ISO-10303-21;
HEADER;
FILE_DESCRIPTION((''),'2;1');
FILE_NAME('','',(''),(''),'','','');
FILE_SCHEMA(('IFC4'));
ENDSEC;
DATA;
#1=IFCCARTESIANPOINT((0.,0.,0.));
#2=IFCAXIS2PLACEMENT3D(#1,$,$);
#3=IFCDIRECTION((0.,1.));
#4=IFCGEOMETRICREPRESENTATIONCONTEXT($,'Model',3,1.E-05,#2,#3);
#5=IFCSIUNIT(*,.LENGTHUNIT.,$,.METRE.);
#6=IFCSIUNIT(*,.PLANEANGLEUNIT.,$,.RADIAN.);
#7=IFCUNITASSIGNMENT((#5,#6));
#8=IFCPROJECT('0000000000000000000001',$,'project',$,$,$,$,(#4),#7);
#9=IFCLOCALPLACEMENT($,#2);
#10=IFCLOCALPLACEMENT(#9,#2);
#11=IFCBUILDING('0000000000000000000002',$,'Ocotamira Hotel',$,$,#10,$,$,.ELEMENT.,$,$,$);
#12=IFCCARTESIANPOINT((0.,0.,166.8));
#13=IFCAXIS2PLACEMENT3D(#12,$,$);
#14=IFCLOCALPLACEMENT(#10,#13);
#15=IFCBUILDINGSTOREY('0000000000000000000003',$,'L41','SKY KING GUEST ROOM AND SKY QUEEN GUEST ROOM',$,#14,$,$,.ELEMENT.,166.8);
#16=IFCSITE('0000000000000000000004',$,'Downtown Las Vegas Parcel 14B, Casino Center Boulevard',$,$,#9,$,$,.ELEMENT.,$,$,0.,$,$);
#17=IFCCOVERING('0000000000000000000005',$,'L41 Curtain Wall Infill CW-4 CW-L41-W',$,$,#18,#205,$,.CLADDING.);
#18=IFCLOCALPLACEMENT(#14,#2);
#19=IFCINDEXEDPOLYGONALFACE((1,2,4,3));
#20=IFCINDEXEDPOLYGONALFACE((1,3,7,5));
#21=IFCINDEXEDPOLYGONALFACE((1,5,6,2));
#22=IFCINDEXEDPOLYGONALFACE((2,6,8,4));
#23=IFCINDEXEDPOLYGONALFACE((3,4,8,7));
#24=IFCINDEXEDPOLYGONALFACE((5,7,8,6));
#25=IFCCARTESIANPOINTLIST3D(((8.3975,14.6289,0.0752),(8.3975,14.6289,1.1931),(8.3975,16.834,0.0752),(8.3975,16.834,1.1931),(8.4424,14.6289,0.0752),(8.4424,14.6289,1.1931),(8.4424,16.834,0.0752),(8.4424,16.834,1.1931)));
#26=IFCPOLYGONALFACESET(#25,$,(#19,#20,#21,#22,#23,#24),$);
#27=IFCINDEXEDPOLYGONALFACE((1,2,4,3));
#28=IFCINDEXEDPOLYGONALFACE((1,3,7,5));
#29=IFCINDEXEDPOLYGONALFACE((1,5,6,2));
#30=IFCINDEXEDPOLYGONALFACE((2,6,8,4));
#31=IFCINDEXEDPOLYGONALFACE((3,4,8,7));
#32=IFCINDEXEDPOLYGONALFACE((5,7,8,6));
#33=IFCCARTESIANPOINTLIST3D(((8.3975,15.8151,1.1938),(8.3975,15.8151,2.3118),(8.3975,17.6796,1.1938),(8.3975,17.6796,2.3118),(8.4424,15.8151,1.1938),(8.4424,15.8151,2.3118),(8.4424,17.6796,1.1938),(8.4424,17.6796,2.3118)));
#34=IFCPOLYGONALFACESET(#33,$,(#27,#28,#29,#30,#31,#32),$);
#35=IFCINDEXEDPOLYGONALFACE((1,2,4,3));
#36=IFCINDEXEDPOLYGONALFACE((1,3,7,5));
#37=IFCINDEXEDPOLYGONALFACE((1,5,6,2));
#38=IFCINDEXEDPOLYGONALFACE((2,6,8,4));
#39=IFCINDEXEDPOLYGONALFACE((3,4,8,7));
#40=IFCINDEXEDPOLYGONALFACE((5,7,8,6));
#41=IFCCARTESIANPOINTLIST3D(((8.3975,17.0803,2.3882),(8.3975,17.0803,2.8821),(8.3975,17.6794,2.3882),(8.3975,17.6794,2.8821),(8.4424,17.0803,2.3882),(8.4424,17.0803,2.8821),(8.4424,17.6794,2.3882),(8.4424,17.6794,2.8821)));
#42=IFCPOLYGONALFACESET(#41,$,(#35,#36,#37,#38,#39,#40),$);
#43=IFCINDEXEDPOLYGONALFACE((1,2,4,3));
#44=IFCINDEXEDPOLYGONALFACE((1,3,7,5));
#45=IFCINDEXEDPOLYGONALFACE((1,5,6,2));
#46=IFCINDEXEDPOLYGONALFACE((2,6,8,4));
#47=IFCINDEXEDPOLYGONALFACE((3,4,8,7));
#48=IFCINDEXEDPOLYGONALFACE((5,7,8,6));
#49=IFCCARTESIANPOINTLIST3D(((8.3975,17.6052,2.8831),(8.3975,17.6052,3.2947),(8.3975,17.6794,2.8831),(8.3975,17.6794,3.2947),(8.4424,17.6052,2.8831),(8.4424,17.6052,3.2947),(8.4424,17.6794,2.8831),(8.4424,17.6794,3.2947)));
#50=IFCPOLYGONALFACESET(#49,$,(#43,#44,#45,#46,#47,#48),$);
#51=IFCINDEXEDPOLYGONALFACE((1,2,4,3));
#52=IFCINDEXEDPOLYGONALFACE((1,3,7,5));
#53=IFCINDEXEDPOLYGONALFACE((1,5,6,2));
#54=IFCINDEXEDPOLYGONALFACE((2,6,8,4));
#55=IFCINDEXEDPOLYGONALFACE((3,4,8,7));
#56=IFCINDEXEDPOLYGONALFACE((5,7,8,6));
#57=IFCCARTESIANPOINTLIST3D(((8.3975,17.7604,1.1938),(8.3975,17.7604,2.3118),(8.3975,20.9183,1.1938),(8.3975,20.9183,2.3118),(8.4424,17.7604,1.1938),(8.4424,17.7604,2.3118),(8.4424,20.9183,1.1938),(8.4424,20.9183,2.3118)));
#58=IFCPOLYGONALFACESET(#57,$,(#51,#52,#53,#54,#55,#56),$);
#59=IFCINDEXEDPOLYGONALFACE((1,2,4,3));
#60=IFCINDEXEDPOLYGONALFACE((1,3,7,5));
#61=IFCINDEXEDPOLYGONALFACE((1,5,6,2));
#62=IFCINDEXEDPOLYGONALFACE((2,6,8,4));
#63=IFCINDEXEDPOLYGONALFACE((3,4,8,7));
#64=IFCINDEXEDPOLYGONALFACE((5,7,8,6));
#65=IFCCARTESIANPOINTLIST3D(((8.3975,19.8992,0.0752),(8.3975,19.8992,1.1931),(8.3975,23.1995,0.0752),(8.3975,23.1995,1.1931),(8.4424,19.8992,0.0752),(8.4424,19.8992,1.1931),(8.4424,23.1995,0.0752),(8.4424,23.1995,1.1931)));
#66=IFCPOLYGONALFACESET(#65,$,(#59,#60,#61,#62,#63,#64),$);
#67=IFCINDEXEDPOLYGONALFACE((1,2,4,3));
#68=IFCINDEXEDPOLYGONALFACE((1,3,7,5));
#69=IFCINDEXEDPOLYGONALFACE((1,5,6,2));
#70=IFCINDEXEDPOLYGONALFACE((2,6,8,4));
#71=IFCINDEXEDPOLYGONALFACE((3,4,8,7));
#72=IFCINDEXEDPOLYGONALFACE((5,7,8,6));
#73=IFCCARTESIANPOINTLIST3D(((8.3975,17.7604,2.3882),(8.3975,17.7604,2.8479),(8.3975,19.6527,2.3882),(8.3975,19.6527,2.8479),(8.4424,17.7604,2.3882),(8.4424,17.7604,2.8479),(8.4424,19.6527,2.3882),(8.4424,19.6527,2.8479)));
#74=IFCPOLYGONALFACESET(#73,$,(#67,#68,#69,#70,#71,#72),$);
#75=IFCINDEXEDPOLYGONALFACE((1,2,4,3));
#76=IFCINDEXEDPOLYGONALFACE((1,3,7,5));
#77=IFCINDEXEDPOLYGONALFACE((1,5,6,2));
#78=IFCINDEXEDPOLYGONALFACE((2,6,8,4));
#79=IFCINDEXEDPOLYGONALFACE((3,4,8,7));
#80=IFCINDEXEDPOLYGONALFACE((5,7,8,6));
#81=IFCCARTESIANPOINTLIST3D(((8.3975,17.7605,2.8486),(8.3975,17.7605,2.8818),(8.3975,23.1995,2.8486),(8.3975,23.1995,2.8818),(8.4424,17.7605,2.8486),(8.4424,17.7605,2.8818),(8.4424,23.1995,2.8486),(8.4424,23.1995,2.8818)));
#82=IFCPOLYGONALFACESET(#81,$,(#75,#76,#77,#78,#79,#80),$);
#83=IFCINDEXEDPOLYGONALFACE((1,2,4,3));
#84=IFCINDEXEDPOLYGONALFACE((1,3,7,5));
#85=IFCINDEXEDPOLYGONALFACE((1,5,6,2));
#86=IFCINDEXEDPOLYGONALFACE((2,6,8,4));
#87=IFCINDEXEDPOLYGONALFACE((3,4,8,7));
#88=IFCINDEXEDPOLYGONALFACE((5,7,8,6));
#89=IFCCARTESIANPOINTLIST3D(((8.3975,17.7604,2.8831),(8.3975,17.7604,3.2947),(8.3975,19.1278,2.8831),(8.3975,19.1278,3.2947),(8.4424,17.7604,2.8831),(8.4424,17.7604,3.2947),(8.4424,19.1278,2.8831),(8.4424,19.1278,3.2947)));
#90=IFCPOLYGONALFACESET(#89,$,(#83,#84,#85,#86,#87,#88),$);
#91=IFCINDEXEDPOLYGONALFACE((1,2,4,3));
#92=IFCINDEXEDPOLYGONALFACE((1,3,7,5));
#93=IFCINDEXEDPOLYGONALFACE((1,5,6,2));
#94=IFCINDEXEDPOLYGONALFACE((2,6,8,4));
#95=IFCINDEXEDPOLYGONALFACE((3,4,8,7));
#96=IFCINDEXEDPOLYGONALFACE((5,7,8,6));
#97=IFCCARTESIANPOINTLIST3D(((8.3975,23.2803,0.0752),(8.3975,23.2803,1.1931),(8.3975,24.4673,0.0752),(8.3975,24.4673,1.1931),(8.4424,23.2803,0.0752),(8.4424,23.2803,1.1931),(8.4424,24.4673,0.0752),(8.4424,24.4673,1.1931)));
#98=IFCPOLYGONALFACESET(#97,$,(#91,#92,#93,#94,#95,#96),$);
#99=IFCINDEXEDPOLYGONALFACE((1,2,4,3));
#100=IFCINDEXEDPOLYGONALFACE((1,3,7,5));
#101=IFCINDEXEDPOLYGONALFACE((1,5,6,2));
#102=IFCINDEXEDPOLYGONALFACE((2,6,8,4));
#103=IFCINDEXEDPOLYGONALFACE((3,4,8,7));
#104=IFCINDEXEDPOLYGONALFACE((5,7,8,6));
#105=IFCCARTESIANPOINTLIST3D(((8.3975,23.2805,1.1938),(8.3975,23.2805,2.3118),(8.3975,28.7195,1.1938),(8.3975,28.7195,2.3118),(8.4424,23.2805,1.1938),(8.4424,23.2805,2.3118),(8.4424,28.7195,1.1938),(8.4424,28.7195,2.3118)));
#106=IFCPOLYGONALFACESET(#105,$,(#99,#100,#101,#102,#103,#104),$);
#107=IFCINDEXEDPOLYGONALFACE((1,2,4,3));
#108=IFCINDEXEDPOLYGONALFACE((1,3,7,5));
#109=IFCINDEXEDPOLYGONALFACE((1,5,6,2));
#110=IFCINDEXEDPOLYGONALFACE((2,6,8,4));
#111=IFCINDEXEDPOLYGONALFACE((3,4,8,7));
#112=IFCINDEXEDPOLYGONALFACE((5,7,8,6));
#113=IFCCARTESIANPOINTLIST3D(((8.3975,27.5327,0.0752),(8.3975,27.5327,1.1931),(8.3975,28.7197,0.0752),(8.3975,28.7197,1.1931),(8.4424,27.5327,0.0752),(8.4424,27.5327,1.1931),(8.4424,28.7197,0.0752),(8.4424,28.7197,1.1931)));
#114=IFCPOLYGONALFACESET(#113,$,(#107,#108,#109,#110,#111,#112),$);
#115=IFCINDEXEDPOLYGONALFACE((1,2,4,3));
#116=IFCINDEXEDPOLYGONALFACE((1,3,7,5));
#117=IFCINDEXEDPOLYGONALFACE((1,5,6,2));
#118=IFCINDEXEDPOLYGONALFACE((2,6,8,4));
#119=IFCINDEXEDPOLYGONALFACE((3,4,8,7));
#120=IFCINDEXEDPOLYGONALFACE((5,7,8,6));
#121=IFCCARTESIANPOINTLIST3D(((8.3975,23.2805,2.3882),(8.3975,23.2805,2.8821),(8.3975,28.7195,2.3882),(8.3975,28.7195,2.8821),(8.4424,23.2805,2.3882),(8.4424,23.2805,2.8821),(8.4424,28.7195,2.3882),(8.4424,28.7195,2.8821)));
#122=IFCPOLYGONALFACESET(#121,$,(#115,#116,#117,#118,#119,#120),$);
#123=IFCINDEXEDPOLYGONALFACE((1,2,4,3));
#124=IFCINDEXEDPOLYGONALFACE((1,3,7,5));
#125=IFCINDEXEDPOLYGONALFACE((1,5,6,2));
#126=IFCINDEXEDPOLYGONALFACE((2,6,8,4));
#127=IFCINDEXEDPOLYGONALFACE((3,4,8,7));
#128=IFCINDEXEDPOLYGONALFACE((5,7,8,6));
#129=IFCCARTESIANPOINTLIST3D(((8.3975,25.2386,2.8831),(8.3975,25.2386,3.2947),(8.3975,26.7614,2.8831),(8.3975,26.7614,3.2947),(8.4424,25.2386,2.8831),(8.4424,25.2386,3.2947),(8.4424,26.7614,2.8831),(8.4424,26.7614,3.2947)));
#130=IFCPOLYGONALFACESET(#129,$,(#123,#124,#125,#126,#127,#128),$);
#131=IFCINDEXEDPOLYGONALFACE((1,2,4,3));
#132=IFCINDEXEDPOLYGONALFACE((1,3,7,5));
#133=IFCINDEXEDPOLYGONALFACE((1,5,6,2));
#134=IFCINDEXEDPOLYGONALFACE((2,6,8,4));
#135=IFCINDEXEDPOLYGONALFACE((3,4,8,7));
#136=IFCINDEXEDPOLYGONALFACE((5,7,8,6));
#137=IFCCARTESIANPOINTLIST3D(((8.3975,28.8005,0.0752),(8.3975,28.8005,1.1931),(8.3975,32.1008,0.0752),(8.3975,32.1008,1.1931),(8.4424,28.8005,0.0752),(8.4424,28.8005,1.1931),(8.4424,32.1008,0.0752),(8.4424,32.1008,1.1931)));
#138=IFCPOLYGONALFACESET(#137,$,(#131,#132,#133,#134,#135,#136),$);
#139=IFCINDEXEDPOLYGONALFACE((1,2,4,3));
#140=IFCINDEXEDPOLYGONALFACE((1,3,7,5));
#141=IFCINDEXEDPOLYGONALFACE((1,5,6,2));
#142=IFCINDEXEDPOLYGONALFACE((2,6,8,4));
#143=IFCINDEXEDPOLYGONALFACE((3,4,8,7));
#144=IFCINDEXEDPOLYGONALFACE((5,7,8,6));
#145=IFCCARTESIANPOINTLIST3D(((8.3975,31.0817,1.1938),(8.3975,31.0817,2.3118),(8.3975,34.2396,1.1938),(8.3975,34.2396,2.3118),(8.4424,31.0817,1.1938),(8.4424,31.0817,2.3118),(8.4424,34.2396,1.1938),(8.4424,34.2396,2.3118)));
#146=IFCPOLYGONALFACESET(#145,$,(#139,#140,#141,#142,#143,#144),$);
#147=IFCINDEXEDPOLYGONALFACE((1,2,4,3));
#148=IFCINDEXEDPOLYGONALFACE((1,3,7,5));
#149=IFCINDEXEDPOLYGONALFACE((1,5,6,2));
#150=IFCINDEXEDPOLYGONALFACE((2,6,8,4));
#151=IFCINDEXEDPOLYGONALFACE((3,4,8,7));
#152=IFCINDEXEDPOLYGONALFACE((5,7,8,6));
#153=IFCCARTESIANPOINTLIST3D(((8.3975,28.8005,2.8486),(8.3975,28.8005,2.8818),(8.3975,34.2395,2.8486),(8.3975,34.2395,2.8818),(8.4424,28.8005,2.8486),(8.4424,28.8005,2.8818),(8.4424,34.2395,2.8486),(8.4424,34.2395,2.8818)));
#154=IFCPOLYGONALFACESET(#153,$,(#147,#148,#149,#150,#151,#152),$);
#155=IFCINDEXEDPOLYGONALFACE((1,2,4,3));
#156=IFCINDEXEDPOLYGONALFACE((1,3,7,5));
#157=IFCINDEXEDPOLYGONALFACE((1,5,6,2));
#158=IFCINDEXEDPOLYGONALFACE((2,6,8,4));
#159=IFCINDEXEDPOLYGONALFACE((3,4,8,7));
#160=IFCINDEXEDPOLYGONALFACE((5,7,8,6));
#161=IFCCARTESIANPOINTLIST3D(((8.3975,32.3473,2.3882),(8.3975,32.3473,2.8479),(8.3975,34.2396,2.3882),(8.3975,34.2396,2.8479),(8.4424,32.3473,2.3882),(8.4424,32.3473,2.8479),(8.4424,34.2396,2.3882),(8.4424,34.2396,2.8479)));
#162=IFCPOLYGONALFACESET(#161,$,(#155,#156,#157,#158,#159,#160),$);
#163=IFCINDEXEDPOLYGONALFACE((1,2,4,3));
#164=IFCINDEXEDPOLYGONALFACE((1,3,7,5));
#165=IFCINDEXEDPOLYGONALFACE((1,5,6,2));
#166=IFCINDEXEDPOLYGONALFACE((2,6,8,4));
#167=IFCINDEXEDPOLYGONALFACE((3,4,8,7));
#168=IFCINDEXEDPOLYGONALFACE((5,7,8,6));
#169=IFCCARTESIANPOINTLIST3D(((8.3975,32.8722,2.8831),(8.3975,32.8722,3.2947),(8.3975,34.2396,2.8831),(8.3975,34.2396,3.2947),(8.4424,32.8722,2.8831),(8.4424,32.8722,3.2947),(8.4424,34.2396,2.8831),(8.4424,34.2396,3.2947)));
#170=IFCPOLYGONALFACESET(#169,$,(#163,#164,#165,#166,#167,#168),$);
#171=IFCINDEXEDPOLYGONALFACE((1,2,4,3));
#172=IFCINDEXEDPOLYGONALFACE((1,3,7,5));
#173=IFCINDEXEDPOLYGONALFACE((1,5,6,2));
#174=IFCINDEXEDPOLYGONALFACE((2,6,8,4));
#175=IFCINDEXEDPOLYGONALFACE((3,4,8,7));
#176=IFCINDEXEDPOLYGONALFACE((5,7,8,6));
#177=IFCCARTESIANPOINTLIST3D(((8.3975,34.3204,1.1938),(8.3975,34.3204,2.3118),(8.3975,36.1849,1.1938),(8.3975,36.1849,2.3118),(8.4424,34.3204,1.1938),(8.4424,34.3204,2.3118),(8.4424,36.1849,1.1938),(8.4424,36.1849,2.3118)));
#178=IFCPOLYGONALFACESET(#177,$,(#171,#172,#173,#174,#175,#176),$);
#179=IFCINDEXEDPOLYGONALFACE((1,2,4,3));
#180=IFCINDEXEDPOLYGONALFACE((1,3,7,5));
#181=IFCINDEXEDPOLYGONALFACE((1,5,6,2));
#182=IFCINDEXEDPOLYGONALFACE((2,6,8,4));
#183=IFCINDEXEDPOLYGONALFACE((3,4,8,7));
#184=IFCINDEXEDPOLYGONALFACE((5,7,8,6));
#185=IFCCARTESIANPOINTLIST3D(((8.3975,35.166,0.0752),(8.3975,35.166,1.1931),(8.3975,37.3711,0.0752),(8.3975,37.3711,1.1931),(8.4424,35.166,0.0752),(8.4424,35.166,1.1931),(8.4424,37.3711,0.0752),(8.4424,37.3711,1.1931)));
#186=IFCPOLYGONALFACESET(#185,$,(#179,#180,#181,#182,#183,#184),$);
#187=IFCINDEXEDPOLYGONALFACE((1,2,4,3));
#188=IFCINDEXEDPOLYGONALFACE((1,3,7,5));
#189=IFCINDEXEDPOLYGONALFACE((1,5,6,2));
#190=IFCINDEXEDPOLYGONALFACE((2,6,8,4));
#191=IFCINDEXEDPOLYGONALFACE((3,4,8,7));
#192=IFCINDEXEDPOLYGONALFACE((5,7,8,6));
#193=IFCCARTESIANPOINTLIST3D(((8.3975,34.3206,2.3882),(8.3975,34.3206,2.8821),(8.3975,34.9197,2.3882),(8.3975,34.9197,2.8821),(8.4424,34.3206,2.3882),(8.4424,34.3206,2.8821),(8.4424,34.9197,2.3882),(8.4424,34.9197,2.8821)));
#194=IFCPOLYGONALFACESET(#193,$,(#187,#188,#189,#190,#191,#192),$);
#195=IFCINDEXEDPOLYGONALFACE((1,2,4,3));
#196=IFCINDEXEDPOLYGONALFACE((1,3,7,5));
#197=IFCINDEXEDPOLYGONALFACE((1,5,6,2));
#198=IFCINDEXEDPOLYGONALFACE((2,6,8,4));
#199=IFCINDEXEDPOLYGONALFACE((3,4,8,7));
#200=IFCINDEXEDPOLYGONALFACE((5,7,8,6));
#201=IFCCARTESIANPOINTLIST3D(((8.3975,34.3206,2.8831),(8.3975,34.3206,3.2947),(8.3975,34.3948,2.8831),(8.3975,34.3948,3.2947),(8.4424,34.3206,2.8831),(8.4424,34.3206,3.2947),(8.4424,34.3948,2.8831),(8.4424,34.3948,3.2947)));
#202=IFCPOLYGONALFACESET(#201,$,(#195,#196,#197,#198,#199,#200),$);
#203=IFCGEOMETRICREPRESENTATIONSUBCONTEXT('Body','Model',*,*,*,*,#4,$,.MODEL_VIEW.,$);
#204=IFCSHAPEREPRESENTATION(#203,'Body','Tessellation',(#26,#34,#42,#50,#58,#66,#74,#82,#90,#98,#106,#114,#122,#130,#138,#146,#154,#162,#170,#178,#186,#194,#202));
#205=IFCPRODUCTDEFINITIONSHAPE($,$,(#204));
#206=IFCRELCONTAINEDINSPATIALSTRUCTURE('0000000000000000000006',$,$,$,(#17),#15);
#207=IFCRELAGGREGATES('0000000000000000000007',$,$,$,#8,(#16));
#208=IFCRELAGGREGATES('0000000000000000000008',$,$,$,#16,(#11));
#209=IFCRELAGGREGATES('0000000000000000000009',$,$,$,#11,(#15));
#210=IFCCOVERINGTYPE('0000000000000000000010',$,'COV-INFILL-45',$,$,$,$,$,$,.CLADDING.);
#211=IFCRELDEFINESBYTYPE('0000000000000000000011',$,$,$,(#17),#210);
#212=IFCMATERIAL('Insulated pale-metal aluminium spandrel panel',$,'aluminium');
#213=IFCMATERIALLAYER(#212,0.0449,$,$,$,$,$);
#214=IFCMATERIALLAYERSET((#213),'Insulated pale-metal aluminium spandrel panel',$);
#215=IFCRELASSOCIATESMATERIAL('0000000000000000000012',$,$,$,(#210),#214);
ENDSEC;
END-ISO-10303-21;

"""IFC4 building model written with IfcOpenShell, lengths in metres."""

from ifc_helpers import new_model, si_unit, direction, frame, origin, origin_2d, place, context, subcontext, project, spatial, rectangle, extrude, material, layer, layer_set, type_object, element, save


model = new_model("IFC4")

# Units and contexts
model_context = context("Model", 3, precision=1e-05, world=origin(), true_north=direction((0.0, 1.0)))
body_context = subcontext(model_context, "Body", "Model", "MODEL_VIEW")
ifc_project = project(units=[si_unit("LENGTHUNIT", "METRE"), si_unit("PLANEANGLEUNIT", "RADIAN")], contexts=[model_context])

# Site, building, storey
site_placement = place(None, origin())
site = spatial("IfcSite", under=ifc_project, at=site_placement, Name="Downtown Las Vegas Parcel 14B, Casino Center Boulevard", CompositionType="ELEMENT", RefElevation=0.0)
building_placement = place(site_placement, origin())
building = spatial("IfcBuilding", under=site, at=building_placement, Name="Ocotamira Hotel", CompositionType="ELEMENT")
storey_placement = place(building_placement, frame((0.0, 0.0, 166.8)))
storey = spatial("IfcBuildingStorey", under=building, at=storey_placement, Name="L41", Description="SKY KING GUEST ROOM AND SKY QUEEN GUEST ROOM", CompositionType="ELEMENT", Elevation=166.8)

# Covering
ifc_material_1 = material(Name="Insulated pale-metal aluminium spandrel panel", Category="aluminium")
ifc_layer_1 = layer(ifc_material_1, 0.0449)
ifc_layer_set_1 = layer_set([ifc_layer_1], Name="Insulated pale-metal aluminium spandrel panel")
covering_type_1 = type_object("IfcCoveringType", Name="COV-INFILL-45", PredefinedType="CLADDING", material=ifc_layer_set_1)
covering_1_placement = place(storey_placement, origin())
element("IfcCovering", 1, at=covering_1_placement, inside=storey, type_object=covering_type_1, Name="L41 Curtain Wall Infill CW-4 CW-L41-W", PredefinedType="CLADDING", context=body_context, shape_type="SweptSolid", body=[
    extrude(rectangle(XDim=2.2051, YDim=0.0449, at=origin_2d()), frame((8.4199, 15.7314, 0.0752), z_axis=(0.0, 0.0, 1.0), x_axis=(0.0, 1.0, 0.0)), (0.0, 0.0, 1.0), 1.1179),
    extrude(rectangle(XDim=1.8645, YDim=0.0449, at=origin_2d()), frame((8.4199, 16.7473, 1.1938), z_axis=(0.0, 0.0, 1.0), x_axis=(0.0, 1.0, 0.0)), (0.0, 0.0, 1.0), 1.1179),
    extrude(rectangle(XDim=0.5991, YDim=0.0449, at=origin_2d()), frame((8.4199, 17.3799, 2.3882), z_axis=(0.0, 0.0, 1.0), x_axis=(0.0, 1.0, 0.0)), (0.0, 0.0, 1.0), 0.4939),
    extrude(rectangle(XDim=0.0742, YDim=0.0449, at=origin_2d()), frame((8.4199, 17.6423, 2.8831), z_axis=(0.0, 0.0, 1.0), x_axis=(0.0, 1.0, 0.0)), (0.0, 0.0, 1.0), 0.4116),
    extrude(rectangle(XDim=3.158, YDim=0.0449, at=origin_2d()), frame((8.4199, 19.3394, 1.1938), z_axis=(0.0, 0.0, 1.0), x_axis=(0.0, 1.0, 0.0)), (0.0, 0.0, 1.0), 1.1179),
    extrude(rectangle(XDim=3.3003, YDim=0.0449, at=origin_2d()), frame((8.4199, 21.5493, 0.0752), z_axis=(0.0, 0.0, 1.0), x_axis=(0.0, 1.0, 0.0)), (0.0, 0.0, 1.0), 1.1179),
    extrude(rectangle(XDim=1.8923, YDim=0.0449, at=origin_2d()), frame((8.4199, 18.7065, 2.3882), z_axis=(0.0, 0.0, 1.0), x_axis=(0.0, 1.0, 0.0)), (0.0, 0.0, 1.0), 0.4597),
    extrude(rectangle(XDim=5.439, YDim=0.0449, at=origin_2d()), frame((8.4199, 20.48, 2.8486), z_axis=(0.0, 0.0, 1.0), x_axis=(0.0, 1.0, 0.0)), (0.0, 0.0, 1.0), 0.0332),
    extrude(rectangle(XDim=1.3674, YDim=0.0449, at=origin_2d()), frame((8.4199, 18.4441, 2.8831), z_axis=(0.0, 0.0, 1.0), x_axis=(0.0, 1.0, 0.0)), (0.0, 0.0, 1.0), 0.4116),
    extrude(rectangle(XDim=1.187, YDim=0.0449, at=origin_2d()), frame((8.4199, 23.8738, 0.0752), z_axis=(0.0, 0.0, 1.0), x_axis=(0.0, 1.0, 0.0)), (0.0, 0.0, 1.0), 1.1179),
    extrude(rectangle(XDim=5.439, YDim=0.0449, at=origin_2d()), frame((8.4199, 26.0, 1.1938), z_axis=(0.0, 0.0, 1.0), x_axis=(0.0, 1.0, 0.0)), (0.0, 0.0, 1.0), 1.1179),
    extrude(rectangle(XDim=1.187, YDim=0.0449, at=origin_2d()), frame((8.4199, 28.1262, 0.0752), z_axis=(0.0, 0.0, 1.0), x_axis=(0.0, 1.0, 0.0)), (0.0, 0.0, 1.0), 1.1179),
    extrude(rectangle(XDim=5.439, YDim=0.0449, at=origin_2d()), frame((8.4199, 26.0, 2.3882), z_axis=(0.0, 0.0, 1.0), x_axis=(0.0, 1.0, 0.0)), (0.0, 0.0, 1.0), 0.4939),
    extrude(rectangle(XDim=1.5227, YDim=0.0449, at=origin_2d()), frame((8.4199, 26.0, 2.8831), z_axis=(0.0, 0.0, 1.0), x_axis=(0.0, 1.0, 0.0)), (0.0, 0.0, 1.0), 0.4116),
    extrude(rectangle(XDim=3.3003, YDim=0.0449, at=origin_2d()), frame((8.4199, 30.4507, 0.0752), z_axis=(0.0, 0.0, 1.0), x_axis=(0.0, 1.0, 0.0)), (0.0, 0.0, 1.0), 1.1179),
    extrude(rectangle(XDim=3.158, YDim=0.0449, at=origin_2d()), frame((8.4199, 32.6606, 1.1938), z_axis=(0.0, 0.0, 1.0), x_axis=(0.0, 1.0, 0.0)), (0.0, 0.0, 1.0), 1.1179),
    extrude(rectangle(XDim=5.439, YDim=0.0449, at=origin_2d()), frame((8.4199, 31.52, 2.8486), z_axis=(0.0, 0.0, 1.0), x_axis=(0.0, 1.0, 0.0)), (0.0, 0.0, 1.0), 0.0332),
    extrude(rectangle(XDim=1.8923, YDim=0.0449, at=origin_2d()), frame((8.4199, 33.2935, 2.3882), z_axis=(0.0, 0.0, 1.0), x_axis=(0.0, 1.0, 0.0)), (0.0, 0.0, 1.0), 0.4597),
    extrude(rectangle(XDim=1.3674, YDim=0.0449, at=origin_2d()), frame((8.4199, 33.5559, 2.8831), z_axis=(0.0, 0.0, 1.0), x_axis=(0.0, 1.0, 0.0)), (0.0, 0.0, 1.0), 0.4116),
    extrude(rectangle(XDim=1.8645, YDim=0.0449, at=origin_2d()), frame((8.4199, 35.2527, 1.1938), z_axis=(0.0, 0.0, 1.0), x_axis=(0.0, 1.0, 0.0)), (0.0, 0.0, 1.0), 1.1179),
    extrude(rectangle(XDim=2.2051, YDim=0.0449, at=origin_2d()), frame((8.4199, 36.2686, 0.0752), z_axis=(0.0, 0.0, 1.0), x_axis=(0.0, 1.0, 0.0)), (0.0, 0.0, 1.0), 1.1179),
    extrude(rectangle(XDim=0.5991, YDim=0.0449, at=origin_2d()), frame((8.4199, 34.6201, 2.3882), z_axis=(0.0, 0.0, 1.0), x_axis=(0.0, 1.0, 0.0)), (0.0, 0.0, 1.0), 0.4939),
    extrude(rectangle(XDim=0.0742, YDim=0.0449, at=origin_2d()), frame((8.4199, 34.3577, 2.8831), z_axis=(0.0, 0.0, 1.0), x_axis=(0.0, 1.0, 0.0)), (0.0, 0.0, 1.0), 0.4116),
])

save(model, "model.ifc")
